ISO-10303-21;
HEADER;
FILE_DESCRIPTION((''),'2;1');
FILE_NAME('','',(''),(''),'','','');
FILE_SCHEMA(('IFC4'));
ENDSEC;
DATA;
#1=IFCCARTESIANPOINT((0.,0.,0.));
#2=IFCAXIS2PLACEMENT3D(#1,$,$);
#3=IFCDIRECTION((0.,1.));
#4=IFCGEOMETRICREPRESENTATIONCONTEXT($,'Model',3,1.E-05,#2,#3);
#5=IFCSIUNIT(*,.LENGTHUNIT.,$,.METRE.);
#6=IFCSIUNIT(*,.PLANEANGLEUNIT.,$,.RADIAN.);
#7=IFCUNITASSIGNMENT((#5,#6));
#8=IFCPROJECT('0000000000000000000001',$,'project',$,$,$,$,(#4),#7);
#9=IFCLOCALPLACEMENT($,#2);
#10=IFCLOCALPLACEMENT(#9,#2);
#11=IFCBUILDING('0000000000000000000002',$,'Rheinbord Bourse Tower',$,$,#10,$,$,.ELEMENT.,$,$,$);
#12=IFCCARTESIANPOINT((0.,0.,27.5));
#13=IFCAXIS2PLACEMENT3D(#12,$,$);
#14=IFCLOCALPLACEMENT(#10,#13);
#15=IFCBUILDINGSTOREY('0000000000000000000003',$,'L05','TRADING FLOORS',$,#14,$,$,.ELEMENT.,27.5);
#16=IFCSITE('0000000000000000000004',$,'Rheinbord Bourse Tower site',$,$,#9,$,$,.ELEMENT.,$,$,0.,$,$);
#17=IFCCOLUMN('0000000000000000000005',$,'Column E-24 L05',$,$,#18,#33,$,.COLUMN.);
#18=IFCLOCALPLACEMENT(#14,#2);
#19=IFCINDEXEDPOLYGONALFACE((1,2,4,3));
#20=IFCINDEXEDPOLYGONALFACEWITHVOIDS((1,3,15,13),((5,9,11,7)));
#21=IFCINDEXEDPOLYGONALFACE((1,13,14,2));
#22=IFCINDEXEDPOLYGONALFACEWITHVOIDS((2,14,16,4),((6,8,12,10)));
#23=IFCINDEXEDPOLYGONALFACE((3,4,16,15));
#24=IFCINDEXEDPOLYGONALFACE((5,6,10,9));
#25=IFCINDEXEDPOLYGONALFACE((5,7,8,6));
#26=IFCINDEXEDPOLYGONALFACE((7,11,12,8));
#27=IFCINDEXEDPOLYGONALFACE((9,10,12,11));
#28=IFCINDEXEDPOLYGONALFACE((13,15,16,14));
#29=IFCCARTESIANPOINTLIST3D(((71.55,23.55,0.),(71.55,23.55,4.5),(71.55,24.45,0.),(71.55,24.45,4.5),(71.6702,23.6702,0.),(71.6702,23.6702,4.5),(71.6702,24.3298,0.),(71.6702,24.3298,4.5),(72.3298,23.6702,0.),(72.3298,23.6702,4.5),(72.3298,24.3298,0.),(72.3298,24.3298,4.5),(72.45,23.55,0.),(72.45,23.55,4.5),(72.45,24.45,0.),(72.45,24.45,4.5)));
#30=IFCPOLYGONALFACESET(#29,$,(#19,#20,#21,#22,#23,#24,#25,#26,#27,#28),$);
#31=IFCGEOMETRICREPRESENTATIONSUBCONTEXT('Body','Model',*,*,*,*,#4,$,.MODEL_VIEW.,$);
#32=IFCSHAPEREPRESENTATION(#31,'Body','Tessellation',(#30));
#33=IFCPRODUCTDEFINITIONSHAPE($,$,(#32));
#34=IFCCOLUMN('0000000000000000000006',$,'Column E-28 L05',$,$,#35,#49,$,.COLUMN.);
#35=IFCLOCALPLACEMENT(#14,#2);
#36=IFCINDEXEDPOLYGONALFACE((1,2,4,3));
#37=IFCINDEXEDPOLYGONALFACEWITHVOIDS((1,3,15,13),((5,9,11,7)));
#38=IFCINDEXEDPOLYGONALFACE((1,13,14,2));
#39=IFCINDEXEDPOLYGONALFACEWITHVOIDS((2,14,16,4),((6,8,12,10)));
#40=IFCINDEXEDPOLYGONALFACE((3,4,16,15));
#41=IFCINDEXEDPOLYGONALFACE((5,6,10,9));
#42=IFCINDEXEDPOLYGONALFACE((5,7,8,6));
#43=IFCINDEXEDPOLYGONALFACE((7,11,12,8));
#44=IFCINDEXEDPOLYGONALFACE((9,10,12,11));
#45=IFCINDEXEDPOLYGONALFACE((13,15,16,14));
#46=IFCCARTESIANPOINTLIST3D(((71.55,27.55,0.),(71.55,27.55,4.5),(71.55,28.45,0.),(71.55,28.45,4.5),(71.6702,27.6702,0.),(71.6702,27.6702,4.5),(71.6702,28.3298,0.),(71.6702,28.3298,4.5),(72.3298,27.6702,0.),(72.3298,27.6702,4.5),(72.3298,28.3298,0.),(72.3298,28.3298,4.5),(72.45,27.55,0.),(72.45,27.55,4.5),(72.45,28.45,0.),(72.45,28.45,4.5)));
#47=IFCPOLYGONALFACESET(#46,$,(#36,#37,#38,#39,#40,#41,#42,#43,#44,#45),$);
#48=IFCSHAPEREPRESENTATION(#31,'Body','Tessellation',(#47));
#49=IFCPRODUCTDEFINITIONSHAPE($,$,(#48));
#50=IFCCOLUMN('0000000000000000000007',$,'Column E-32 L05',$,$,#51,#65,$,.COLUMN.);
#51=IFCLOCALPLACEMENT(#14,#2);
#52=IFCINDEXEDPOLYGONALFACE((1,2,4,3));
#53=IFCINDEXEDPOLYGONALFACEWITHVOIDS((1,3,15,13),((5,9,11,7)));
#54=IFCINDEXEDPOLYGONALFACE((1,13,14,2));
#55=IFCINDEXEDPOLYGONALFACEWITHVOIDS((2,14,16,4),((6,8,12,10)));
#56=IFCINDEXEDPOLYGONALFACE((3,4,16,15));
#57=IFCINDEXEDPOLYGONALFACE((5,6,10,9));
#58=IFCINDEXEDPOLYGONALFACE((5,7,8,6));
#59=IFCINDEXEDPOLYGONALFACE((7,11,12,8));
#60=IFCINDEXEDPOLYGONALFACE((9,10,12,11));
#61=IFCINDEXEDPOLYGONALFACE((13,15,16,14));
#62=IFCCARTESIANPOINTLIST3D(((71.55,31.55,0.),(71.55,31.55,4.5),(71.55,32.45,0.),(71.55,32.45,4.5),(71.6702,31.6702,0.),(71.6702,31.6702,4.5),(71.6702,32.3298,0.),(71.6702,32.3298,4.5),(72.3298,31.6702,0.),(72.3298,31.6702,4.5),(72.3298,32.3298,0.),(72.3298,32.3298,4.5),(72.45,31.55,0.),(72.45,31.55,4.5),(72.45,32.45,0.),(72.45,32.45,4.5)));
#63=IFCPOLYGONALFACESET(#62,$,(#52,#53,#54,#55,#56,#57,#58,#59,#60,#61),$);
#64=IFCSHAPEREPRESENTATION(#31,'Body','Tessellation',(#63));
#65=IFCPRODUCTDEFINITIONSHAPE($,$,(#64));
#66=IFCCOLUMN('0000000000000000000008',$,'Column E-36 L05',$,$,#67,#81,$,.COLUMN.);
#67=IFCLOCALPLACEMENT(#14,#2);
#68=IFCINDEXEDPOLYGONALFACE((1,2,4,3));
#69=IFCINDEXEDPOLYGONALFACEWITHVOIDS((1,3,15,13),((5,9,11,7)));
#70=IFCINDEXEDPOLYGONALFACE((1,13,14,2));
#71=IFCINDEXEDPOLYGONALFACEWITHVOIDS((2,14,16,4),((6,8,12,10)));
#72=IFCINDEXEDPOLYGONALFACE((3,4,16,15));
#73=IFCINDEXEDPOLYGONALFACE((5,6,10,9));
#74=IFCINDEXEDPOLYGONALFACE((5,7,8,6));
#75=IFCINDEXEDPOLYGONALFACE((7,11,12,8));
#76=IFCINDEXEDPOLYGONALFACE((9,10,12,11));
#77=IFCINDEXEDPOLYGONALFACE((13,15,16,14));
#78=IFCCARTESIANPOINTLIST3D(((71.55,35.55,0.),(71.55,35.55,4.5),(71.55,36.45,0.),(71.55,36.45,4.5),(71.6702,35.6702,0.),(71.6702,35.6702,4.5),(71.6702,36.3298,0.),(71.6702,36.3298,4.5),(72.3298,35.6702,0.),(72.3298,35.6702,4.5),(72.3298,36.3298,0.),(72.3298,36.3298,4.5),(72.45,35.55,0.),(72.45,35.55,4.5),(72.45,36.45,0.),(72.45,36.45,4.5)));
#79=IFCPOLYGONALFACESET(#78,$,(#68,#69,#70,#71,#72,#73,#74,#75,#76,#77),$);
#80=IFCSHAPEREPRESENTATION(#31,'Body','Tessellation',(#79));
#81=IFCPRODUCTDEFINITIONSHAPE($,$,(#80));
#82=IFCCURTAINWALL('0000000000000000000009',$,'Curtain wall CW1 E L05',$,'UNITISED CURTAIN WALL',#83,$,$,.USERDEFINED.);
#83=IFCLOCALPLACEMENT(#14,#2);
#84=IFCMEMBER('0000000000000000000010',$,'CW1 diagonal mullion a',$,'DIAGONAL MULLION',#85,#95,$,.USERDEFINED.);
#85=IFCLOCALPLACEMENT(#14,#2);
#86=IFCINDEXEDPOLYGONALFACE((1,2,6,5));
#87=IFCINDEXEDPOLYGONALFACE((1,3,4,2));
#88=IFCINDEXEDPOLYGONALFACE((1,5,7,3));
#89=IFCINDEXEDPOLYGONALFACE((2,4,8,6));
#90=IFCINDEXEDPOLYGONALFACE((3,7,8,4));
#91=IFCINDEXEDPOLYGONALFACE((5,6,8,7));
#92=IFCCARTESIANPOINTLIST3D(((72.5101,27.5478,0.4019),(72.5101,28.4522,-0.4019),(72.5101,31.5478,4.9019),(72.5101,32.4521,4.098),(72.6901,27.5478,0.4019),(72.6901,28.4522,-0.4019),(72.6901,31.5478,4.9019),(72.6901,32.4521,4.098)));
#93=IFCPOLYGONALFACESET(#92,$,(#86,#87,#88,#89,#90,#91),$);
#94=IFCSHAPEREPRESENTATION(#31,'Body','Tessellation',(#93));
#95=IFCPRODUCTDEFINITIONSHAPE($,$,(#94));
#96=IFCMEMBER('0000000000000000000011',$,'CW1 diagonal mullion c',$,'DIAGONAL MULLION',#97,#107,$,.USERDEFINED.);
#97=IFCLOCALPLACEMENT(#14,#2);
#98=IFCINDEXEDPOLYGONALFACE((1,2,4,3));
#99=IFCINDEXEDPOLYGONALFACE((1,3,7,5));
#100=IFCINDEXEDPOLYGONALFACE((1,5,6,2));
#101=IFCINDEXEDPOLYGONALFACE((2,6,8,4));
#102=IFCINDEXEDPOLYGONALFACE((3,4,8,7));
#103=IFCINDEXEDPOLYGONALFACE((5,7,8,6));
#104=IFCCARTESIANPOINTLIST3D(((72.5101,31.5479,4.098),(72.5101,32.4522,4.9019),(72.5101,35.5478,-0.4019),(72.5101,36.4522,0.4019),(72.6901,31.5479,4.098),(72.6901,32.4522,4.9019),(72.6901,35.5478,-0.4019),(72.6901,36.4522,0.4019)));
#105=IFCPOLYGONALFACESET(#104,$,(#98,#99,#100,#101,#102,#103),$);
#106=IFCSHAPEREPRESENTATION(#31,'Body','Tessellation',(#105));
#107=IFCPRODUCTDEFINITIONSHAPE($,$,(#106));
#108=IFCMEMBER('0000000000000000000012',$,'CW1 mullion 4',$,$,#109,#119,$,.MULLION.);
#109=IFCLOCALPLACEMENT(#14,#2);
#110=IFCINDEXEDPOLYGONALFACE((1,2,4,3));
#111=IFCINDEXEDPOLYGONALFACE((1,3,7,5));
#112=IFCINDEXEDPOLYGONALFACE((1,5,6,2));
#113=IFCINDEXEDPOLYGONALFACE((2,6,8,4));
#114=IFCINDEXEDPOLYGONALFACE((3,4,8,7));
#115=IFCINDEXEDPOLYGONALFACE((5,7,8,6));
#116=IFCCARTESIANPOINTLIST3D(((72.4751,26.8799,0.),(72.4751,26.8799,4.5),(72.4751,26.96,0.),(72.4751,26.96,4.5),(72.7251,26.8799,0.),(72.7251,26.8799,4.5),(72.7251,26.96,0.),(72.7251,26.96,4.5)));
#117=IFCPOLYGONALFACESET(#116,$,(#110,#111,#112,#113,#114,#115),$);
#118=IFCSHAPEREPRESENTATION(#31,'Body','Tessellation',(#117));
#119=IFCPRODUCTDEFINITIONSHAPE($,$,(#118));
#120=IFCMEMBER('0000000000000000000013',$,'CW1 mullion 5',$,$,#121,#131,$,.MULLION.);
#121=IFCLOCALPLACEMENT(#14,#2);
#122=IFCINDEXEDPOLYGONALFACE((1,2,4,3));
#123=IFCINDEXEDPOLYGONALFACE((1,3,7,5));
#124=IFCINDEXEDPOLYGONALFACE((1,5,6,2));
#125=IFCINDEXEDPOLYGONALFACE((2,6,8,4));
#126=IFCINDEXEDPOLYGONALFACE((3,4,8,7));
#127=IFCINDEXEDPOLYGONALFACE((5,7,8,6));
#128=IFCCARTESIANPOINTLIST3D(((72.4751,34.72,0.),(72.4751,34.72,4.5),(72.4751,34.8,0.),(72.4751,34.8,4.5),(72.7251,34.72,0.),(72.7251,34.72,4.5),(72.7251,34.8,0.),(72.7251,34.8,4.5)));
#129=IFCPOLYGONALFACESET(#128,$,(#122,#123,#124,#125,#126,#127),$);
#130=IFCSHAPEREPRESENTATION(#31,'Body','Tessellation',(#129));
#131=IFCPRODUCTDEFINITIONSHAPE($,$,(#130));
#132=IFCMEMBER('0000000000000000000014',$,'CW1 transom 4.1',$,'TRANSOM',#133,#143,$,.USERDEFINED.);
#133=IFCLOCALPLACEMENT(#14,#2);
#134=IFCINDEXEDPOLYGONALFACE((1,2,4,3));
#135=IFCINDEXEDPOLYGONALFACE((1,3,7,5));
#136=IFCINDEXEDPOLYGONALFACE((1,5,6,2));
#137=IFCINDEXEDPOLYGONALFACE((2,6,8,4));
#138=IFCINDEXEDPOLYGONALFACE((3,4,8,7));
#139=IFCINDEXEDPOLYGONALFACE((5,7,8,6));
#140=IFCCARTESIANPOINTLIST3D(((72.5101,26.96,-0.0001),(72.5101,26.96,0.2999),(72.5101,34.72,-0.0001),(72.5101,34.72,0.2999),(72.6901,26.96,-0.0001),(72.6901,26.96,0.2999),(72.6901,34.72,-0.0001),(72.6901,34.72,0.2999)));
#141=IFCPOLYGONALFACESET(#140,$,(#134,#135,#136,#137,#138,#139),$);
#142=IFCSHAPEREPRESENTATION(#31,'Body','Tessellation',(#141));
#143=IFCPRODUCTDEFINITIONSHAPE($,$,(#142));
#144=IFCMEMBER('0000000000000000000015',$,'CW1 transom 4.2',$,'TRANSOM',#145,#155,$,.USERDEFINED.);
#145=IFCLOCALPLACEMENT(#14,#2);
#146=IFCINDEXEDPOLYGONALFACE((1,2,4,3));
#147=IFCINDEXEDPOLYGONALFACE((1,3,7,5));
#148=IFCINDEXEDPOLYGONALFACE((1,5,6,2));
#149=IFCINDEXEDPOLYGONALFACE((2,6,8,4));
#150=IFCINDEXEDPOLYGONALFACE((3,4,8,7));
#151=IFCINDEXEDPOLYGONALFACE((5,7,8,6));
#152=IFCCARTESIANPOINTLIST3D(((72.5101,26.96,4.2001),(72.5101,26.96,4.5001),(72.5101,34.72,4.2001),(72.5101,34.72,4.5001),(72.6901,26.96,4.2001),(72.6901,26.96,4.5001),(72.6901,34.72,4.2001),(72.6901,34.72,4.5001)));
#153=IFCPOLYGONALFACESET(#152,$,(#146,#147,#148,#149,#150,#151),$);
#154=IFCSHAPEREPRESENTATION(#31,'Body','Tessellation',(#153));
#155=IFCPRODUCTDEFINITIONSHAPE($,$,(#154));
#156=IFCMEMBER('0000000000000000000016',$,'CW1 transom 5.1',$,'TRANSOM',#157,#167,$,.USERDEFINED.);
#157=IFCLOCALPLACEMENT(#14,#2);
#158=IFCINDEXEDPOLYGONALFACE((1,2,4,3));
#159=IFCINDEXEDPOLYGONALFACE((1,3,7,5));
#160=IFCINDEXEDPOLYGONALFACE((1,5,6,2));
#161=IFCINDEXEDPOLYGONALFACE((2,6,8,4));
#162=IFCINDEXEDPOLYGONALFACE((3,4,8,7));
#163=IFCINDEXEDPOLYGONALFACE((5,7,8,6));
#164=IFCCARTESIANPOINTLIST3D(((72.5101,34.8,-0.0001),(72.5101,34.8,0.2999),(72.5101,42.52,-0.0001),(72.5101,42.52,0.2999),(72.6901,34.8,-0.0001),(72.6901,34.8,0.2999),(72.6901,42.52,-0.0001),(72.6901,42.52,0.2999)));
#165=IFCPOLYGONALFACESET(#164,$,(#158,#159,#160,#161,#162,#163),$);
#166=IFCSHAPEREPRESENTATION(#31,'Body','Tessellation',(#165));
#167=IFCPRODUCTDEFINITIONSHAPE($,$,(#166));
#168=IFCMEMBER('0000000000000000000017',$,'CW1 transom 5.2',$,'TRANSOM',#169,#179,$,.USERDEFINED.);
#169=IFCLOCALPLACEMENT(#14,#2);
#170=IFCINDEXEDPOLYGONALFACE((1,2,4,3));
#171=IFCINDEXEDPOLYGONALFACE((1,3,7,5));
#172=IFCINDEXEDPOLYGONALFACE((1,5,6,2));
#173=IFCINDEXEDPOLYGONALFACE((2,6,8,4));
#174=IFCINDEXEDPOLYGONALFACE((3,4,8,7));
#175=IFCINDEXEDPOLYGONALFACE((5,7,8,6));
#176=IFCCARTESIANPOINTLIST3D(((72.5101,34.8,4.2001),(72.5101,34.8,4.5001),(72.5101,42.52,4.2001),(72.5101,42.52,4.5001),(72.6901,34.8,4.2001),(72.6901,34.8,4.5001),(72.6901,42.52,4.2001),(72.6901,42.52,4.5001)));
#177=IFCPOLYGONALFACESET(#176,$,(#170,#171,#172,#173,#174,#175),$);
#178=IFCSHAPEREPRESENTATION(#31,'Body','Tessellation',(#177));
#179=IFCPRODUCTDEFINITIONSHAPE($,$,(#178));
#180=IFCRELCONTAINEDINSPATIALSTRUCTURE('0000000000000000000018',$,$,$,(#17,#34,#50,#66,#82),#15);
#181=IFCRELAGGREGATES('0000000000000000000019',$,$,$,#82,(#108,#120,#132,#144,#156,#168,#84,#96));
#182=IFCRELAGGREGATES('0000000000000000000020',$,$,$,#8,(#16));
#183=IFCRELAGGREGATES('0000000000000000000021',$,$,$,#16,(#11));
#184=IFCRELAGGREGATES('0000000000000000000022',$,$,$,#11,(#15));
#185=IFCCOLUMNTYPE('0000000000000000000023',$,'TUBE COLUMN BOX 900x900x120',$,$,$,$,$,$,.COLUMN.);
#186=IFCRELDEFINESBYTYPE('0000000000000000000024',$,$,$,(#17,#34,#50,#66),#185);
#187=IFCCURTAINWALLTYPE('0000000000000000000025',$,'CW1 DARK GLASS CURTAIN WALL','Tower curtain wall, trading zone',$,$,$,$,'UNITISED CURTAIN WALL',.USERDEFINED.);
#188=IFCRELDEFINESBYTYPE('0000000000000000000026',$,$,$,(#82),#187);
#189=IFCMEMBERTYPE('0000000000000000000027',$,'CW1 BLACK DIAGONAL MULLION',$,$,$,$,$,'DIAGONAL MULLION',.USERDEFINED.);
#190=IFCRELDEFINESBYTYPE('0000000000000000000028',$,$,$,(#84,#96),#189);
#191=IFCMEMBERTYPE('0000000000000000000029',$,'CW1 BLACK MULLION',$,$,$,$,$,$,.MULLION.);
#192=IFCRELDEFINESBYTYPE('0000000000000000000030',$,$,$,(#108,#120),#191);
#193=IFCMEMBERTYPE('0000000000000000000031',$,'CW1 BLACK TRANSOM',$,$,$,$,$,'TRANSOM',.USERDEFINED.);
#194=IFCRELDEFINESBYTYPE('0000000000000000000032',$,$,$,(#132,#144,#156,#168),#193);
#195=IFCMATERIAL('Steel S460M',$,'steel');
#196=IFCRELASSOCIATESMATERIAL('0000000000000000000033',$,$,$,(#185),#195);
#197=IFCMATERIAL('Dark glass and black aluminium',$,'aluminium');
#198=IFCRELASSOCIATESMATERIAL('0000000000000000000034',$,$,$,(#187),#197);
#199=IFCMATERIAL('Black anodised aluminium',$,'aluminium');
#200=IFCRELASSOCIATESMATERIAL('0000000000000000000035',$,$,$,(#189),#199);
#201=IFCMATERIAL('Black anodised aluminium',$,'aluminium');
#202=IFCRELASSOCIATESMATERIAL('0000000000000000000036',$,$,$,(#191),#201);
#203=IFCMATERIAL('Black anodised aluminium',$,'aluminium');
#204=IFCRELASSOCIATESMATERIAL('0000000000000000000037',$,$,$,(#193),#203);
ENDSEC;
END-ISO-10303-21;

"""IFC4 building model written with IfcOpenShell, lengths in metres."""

from ifc_helpers import new_model, si_unit, direction, frame, origin, origin_2d, place, context, subcontext, project, spatial, rectangle, hollow_rectangle, extrude, material, material_profile, profile_set, type_object, element, aggregate, save


model = new_model("IFC4")

# Units and contexts
model_context = context("Model", 3, precision=1e-05, world=origin(), true_north=direction((0.0, 1.0)))
body_context = subcontext(model_context, "Body", "Model", "MODEL_VIEW")
ifc_project = project(units=[si_unit("LENGTHUNIT", "METRE"), si_unit("PLANEANGLEUNIT", "RADIAN")], contexts=[model_context])

# Site, building, storey
site_placement = place(None, origin())
site = spatial("IfcSite", under=ifc_project, at=site_placement, Name="Rheinbord Bourse Tower site", CompositionType="ELEMENT", RefElevation=0.0)
building_placement = place(site_placement, origin())
building = spatial("IfcBuilding", under=site, at=building_placement, Name="Rheinbord Bourse Tower", CompositionType="ELEMENT")
storey_placement = place(building_placement, frame((0.0, 0.0, 27.5)))
storey = spatial("IfcBuildingStorey", under=building, at=storey_placement, Name="L05", Description="TRADING FLOORS", CompositionType="ELEMENT", Elevation=27.5)

# Columns
ifc_material_1 = material(Name="Steel S460M", Category="steel")
ifc_material_profile_1 = material_profile(ifc_material_1, hollow_rectangle(XDim=0.8999, YDim=0.8999, WallThickness=0.1201, at=origin_2d()), Name="BOX 900x900x120")
ifc_profile_set_1 = profile_set([ifc_material_profile_1], Name="Steel S460M")
column_type = type_object("IfcColumnType", Name="TUBE COLUMN BOX 900x900x120", PredefinedType="COLUMN", material=ifc_profile_set_1)
for number, where, z_axis, x_axis, name in (
    (1, (72.0, 24.0, 0.0), (0.0, 0.0, 1.0), (1.0, 0.0, 0.0), "Column E-24 L05"),
    (2, (72.0, 28.0, 0.0), (0.0, 0.0, 1.0), (1.0, 0.0, 0.0), "Column E-28 L05"),
    (3, (72.0, 32.0, 0.0), (0.0, 0.0, 1.0), (1.0, 0.0, 0.0), "Column E-32 L05"),
    (4, (72.0, 36.0, 0.0), (0.0, 0.0, 1.0), (1.0, 0.0, 0.0), "Column E-36 L05"),
):
    element("IfcColumn", number, at=place(storey_placement, frame(where, z_axis=z_axis, x_axis=x_axis)), inside=storey, type_object=column_type, Name=name, PredefinedType="COLUMN", context=body_context, shape_type="SweptSolid", body=[
        extrude(hollow_rectangle(XDim=0.8999, YDim=0.8999, WallThickness=0.1201, at=origin_2d()), origin(), (0.0, 0.0, 1.0), 4.5),
    ])

# Curtain wall, members
ifc_material_2 = material(Name="Dark glass and black aluminium", Category="aluminium")
curtain_wall_type = type_object("IfcCurtainWallType", Name="CW1 DARK GLASS CURTAIN WALL", Description="Tower curtain wall, trading zone", ElementType="UNITISED CURTAIN WALL", PredefinedType="USERDEFINED", material=ifc_material_2)
curtain_wall_placement = place(storey_placement, origin())
curtain_wall = element("IfcCurtainWall", 5, at=curtain_wall_placement, inside=storey, type_object=curtain_wall_type, Name="Curtain wall CW1 E L05", ObjectType="UNITISED CURTAIN WALL", PredefinedType="USERDEFINED")
ifc_material_3 = material(Name="Black anodised aluminium", Category="aluminium")
ifc_material_profile_2 = material_profile(ifc_material_3, rectangle(XDim=0.1799, YDim=1.21, at=origin_2d()), Name="CW1 DIAGONAL MULLION 1210x180")
ifc_profile_set_2 = profile_set([ifc_material_profile_2], Name="Black anodised aluminium")
member_type_1 = type_object("IfcMemberType", Name="CW1 BLACK DIAGONAL MULLION", ElementType="DIAGONAL MULLION", PredefinedType="USERDEFINED", material=ifc_profile_set_2)
member_1_placement = place(storey_placement, frame((72.6001, 28.0, 0.0), z_axis=(0.0, 0.664364, 0.747409), x_axis=(-1.0, 0.0, 0.0)))
member_1 = element("IfcMember", 6, at=member_1_placement, type_object=member_type_1, Name="CW1 diagonal mullion a", ObjectType="DIAGONAL MULLION", PredefinedType="USERDEFINED", context=body_context, shape_type="SweptSolid", body=[
    extrude(rectangle(XDim=0.1799, YDim=1.21, at=origin_2d()), origin(), (0.0, 0.0, 1.0), 6.0208),
])
member_2_placement = place(storey_placement, frame((72.6001, 36.0, 0.0), z_axis=(0.0, -0.664364, 0.747409), x_axis=(1.0, 0.0, 0.0)))
member_2 = element("IfcMember", 7, at=member_2_placement, type_object=member_type_1, Name="CW1 diagonal mullion c", ObjectType="DIAGONAL MULLION", PredefinedType="USERDEFINED", context=body_context, shape_type="SweptSolid", body=[
    extrude(rectangle(XDim=0.1799, YDim=1.21, at=origin_2d()), origin(), (0.0, 0.0, 1.0), 6.0208),
])
ifc_material_4 = material(Name="Black anodised aluminium", Category="aluminium")
ifc_material_profile_3 = material_profile(ifc_material_4, rectangle(XDim=0.25, YDim=0.0801, at=origin_2d()), Name="CW1 MULLION 80x250")
ifc_profile_set_3 = profile_set([ifc_material_profile_3], Name="Black anodised aluminium")
member_type_2 = type_object("IfcMemberType", Name="CW1 BLACK MULLION", PredefinedType="MULLION", material=ifc_profile_set_3)
member_3_placement = place(storey_placement, frame((72.6001, 26.9199, 0.0), z_axis=(0.0, 0.0, 1.0), x_axis=(-1.0, 0.0, 0.0)))
member_3 = element("IfcMember", 8, at=member_3_placement, type_object=member_type_2, Name="CW1 mullion 4", PredefinedType="MULLION", context=body_context, shape_type="SweptSolid", body=[
    extrude(rectangle(XDim=0.25, YDim=0.0801, at=origin_2d()), origin(), (0.0, 0.0, 1.0), 4.5),
])
member_4_placement = place(storey_placement, frame((72.6001, 34.76, 0.0), z_axis=(0.0, 0.0, 1.0), x_axis=(-1.0, 0.0, 0.0)))
member_4 = element("IfcMember", 9, at=member_4_placement, type_object=member_type_2, Name="CW1 mullion 5", PredefinedType="MULLION", context=body_context, shape_type="SweptSolid", body=[
    extrude(rectangle(XDim=0.25, YDim=0.0801, at=origin_2d()), origin(), (0.0, 0.0, 1.0), 4.5),
])
ifc_material_5 = material(Name="Black anodised aluminium", Category="aluminium")
ifc_material_profile_4 = material_profile(ifc_material_5, rectangle(XDim=0.1799, YDim=0.3, at=origin_2d()), Name="CW1 TRANSOM 300x180")
ifc_profile_set_4 = profile_set([ifc_material_profile_4], Name="Black anodised aluminium")
member_type_3 = type_object("IfcMemberType", Name="CW1 BLACK TRANSOM", ElementType="TRANSOM", PredefinedType="USERDEFINED", material=ifc_profile_set_4)
member_5_placement = place(storey_placement, frame((72.6001, 26.96, 0.1499), z_axis=(0.0, 1.0, 0.0), x_axis=(-1.0, 0.0, 0.0)))
member_5 = element("IfcMember", 10, at=member_5_placement, type_object=member_type_3, Name="CW1 transom 4.1", ObjectType="TRANSOM", PredefinedType="USERDEFINED", context=body_context, shape_type="SweptSolid", body=[
    extrude(rectangle(XDim=0.1799, YDim=0.3, at=origin_2d()), origin(), (0.0, 0.0, 1.0), 7.76),
])
member_6_placement = place(storey_placement, frame((72.6001, 26.96, 4.3501), z_axis=(0.0, 1.0, 0.0), x_axis=(-1.0, 0.0, 0.0)))
member_6 = element("IfcMember", 11, at=member_6_placement, type_object=member_type_3, Name="CW1 transom 4.2", ObjectType="TRANSOM", PredefinedType="USERDEFINED", context=body_context, shape_type="SweptSolid", body=[
    extrude(rectangle(XDim=0.1799, YDim=0.3, at=origin_2d()), origin(), (0.0, 0.0, 1.0), 7.76),
])
member_7_placement = place(storey_placement, frame((72.6001, 34.8, 0.1499), z_axis=(0.0, 1.0, 0.0), x_axis=(-1.0, 0.0, 0.0)))
member_7 = element("IfcMember", 12, at=member_7_placement, type_object=member_type_3, Name="CW1 transom 5.1", ObjectType="TRANSOM", PredefinedType="USERDEFINED", context=body_context, shape_type="SweptSolid", body=[
    extrude(rectangle(XDim=0.1799, YDim=0.3, at=origin_2d()), origin(), (0.0, 0.0, 1.0), 7.72),
])
member_8_placement = place(storey_placement, frame((72.6001, 34.8, 4.3501), z_axis=(0.0, 1.0, 0.0), x_axis=(-1.0, 0.0, 0.0)))
member_8 = element("IfcMember", 13, at=member_8_placement, type_object=member_type_3, Name="CW1 transom 5.2", ObjectType="TRANSOM", PredefinedType="USERDEFINED", context=body_context, shape_type="SweptSolid", body=[
    extrude(rectangle(XDim=0.1799, YDim=0.3, at=origin_2d()), origin(), (0.0, 0.0, 1.0), 7.72),
])

aggregate(curtain_wall, [member_3, member_4, member_5, member_6, member_7, member_8, member_1, member_2])

save(model, "model.ifc")
